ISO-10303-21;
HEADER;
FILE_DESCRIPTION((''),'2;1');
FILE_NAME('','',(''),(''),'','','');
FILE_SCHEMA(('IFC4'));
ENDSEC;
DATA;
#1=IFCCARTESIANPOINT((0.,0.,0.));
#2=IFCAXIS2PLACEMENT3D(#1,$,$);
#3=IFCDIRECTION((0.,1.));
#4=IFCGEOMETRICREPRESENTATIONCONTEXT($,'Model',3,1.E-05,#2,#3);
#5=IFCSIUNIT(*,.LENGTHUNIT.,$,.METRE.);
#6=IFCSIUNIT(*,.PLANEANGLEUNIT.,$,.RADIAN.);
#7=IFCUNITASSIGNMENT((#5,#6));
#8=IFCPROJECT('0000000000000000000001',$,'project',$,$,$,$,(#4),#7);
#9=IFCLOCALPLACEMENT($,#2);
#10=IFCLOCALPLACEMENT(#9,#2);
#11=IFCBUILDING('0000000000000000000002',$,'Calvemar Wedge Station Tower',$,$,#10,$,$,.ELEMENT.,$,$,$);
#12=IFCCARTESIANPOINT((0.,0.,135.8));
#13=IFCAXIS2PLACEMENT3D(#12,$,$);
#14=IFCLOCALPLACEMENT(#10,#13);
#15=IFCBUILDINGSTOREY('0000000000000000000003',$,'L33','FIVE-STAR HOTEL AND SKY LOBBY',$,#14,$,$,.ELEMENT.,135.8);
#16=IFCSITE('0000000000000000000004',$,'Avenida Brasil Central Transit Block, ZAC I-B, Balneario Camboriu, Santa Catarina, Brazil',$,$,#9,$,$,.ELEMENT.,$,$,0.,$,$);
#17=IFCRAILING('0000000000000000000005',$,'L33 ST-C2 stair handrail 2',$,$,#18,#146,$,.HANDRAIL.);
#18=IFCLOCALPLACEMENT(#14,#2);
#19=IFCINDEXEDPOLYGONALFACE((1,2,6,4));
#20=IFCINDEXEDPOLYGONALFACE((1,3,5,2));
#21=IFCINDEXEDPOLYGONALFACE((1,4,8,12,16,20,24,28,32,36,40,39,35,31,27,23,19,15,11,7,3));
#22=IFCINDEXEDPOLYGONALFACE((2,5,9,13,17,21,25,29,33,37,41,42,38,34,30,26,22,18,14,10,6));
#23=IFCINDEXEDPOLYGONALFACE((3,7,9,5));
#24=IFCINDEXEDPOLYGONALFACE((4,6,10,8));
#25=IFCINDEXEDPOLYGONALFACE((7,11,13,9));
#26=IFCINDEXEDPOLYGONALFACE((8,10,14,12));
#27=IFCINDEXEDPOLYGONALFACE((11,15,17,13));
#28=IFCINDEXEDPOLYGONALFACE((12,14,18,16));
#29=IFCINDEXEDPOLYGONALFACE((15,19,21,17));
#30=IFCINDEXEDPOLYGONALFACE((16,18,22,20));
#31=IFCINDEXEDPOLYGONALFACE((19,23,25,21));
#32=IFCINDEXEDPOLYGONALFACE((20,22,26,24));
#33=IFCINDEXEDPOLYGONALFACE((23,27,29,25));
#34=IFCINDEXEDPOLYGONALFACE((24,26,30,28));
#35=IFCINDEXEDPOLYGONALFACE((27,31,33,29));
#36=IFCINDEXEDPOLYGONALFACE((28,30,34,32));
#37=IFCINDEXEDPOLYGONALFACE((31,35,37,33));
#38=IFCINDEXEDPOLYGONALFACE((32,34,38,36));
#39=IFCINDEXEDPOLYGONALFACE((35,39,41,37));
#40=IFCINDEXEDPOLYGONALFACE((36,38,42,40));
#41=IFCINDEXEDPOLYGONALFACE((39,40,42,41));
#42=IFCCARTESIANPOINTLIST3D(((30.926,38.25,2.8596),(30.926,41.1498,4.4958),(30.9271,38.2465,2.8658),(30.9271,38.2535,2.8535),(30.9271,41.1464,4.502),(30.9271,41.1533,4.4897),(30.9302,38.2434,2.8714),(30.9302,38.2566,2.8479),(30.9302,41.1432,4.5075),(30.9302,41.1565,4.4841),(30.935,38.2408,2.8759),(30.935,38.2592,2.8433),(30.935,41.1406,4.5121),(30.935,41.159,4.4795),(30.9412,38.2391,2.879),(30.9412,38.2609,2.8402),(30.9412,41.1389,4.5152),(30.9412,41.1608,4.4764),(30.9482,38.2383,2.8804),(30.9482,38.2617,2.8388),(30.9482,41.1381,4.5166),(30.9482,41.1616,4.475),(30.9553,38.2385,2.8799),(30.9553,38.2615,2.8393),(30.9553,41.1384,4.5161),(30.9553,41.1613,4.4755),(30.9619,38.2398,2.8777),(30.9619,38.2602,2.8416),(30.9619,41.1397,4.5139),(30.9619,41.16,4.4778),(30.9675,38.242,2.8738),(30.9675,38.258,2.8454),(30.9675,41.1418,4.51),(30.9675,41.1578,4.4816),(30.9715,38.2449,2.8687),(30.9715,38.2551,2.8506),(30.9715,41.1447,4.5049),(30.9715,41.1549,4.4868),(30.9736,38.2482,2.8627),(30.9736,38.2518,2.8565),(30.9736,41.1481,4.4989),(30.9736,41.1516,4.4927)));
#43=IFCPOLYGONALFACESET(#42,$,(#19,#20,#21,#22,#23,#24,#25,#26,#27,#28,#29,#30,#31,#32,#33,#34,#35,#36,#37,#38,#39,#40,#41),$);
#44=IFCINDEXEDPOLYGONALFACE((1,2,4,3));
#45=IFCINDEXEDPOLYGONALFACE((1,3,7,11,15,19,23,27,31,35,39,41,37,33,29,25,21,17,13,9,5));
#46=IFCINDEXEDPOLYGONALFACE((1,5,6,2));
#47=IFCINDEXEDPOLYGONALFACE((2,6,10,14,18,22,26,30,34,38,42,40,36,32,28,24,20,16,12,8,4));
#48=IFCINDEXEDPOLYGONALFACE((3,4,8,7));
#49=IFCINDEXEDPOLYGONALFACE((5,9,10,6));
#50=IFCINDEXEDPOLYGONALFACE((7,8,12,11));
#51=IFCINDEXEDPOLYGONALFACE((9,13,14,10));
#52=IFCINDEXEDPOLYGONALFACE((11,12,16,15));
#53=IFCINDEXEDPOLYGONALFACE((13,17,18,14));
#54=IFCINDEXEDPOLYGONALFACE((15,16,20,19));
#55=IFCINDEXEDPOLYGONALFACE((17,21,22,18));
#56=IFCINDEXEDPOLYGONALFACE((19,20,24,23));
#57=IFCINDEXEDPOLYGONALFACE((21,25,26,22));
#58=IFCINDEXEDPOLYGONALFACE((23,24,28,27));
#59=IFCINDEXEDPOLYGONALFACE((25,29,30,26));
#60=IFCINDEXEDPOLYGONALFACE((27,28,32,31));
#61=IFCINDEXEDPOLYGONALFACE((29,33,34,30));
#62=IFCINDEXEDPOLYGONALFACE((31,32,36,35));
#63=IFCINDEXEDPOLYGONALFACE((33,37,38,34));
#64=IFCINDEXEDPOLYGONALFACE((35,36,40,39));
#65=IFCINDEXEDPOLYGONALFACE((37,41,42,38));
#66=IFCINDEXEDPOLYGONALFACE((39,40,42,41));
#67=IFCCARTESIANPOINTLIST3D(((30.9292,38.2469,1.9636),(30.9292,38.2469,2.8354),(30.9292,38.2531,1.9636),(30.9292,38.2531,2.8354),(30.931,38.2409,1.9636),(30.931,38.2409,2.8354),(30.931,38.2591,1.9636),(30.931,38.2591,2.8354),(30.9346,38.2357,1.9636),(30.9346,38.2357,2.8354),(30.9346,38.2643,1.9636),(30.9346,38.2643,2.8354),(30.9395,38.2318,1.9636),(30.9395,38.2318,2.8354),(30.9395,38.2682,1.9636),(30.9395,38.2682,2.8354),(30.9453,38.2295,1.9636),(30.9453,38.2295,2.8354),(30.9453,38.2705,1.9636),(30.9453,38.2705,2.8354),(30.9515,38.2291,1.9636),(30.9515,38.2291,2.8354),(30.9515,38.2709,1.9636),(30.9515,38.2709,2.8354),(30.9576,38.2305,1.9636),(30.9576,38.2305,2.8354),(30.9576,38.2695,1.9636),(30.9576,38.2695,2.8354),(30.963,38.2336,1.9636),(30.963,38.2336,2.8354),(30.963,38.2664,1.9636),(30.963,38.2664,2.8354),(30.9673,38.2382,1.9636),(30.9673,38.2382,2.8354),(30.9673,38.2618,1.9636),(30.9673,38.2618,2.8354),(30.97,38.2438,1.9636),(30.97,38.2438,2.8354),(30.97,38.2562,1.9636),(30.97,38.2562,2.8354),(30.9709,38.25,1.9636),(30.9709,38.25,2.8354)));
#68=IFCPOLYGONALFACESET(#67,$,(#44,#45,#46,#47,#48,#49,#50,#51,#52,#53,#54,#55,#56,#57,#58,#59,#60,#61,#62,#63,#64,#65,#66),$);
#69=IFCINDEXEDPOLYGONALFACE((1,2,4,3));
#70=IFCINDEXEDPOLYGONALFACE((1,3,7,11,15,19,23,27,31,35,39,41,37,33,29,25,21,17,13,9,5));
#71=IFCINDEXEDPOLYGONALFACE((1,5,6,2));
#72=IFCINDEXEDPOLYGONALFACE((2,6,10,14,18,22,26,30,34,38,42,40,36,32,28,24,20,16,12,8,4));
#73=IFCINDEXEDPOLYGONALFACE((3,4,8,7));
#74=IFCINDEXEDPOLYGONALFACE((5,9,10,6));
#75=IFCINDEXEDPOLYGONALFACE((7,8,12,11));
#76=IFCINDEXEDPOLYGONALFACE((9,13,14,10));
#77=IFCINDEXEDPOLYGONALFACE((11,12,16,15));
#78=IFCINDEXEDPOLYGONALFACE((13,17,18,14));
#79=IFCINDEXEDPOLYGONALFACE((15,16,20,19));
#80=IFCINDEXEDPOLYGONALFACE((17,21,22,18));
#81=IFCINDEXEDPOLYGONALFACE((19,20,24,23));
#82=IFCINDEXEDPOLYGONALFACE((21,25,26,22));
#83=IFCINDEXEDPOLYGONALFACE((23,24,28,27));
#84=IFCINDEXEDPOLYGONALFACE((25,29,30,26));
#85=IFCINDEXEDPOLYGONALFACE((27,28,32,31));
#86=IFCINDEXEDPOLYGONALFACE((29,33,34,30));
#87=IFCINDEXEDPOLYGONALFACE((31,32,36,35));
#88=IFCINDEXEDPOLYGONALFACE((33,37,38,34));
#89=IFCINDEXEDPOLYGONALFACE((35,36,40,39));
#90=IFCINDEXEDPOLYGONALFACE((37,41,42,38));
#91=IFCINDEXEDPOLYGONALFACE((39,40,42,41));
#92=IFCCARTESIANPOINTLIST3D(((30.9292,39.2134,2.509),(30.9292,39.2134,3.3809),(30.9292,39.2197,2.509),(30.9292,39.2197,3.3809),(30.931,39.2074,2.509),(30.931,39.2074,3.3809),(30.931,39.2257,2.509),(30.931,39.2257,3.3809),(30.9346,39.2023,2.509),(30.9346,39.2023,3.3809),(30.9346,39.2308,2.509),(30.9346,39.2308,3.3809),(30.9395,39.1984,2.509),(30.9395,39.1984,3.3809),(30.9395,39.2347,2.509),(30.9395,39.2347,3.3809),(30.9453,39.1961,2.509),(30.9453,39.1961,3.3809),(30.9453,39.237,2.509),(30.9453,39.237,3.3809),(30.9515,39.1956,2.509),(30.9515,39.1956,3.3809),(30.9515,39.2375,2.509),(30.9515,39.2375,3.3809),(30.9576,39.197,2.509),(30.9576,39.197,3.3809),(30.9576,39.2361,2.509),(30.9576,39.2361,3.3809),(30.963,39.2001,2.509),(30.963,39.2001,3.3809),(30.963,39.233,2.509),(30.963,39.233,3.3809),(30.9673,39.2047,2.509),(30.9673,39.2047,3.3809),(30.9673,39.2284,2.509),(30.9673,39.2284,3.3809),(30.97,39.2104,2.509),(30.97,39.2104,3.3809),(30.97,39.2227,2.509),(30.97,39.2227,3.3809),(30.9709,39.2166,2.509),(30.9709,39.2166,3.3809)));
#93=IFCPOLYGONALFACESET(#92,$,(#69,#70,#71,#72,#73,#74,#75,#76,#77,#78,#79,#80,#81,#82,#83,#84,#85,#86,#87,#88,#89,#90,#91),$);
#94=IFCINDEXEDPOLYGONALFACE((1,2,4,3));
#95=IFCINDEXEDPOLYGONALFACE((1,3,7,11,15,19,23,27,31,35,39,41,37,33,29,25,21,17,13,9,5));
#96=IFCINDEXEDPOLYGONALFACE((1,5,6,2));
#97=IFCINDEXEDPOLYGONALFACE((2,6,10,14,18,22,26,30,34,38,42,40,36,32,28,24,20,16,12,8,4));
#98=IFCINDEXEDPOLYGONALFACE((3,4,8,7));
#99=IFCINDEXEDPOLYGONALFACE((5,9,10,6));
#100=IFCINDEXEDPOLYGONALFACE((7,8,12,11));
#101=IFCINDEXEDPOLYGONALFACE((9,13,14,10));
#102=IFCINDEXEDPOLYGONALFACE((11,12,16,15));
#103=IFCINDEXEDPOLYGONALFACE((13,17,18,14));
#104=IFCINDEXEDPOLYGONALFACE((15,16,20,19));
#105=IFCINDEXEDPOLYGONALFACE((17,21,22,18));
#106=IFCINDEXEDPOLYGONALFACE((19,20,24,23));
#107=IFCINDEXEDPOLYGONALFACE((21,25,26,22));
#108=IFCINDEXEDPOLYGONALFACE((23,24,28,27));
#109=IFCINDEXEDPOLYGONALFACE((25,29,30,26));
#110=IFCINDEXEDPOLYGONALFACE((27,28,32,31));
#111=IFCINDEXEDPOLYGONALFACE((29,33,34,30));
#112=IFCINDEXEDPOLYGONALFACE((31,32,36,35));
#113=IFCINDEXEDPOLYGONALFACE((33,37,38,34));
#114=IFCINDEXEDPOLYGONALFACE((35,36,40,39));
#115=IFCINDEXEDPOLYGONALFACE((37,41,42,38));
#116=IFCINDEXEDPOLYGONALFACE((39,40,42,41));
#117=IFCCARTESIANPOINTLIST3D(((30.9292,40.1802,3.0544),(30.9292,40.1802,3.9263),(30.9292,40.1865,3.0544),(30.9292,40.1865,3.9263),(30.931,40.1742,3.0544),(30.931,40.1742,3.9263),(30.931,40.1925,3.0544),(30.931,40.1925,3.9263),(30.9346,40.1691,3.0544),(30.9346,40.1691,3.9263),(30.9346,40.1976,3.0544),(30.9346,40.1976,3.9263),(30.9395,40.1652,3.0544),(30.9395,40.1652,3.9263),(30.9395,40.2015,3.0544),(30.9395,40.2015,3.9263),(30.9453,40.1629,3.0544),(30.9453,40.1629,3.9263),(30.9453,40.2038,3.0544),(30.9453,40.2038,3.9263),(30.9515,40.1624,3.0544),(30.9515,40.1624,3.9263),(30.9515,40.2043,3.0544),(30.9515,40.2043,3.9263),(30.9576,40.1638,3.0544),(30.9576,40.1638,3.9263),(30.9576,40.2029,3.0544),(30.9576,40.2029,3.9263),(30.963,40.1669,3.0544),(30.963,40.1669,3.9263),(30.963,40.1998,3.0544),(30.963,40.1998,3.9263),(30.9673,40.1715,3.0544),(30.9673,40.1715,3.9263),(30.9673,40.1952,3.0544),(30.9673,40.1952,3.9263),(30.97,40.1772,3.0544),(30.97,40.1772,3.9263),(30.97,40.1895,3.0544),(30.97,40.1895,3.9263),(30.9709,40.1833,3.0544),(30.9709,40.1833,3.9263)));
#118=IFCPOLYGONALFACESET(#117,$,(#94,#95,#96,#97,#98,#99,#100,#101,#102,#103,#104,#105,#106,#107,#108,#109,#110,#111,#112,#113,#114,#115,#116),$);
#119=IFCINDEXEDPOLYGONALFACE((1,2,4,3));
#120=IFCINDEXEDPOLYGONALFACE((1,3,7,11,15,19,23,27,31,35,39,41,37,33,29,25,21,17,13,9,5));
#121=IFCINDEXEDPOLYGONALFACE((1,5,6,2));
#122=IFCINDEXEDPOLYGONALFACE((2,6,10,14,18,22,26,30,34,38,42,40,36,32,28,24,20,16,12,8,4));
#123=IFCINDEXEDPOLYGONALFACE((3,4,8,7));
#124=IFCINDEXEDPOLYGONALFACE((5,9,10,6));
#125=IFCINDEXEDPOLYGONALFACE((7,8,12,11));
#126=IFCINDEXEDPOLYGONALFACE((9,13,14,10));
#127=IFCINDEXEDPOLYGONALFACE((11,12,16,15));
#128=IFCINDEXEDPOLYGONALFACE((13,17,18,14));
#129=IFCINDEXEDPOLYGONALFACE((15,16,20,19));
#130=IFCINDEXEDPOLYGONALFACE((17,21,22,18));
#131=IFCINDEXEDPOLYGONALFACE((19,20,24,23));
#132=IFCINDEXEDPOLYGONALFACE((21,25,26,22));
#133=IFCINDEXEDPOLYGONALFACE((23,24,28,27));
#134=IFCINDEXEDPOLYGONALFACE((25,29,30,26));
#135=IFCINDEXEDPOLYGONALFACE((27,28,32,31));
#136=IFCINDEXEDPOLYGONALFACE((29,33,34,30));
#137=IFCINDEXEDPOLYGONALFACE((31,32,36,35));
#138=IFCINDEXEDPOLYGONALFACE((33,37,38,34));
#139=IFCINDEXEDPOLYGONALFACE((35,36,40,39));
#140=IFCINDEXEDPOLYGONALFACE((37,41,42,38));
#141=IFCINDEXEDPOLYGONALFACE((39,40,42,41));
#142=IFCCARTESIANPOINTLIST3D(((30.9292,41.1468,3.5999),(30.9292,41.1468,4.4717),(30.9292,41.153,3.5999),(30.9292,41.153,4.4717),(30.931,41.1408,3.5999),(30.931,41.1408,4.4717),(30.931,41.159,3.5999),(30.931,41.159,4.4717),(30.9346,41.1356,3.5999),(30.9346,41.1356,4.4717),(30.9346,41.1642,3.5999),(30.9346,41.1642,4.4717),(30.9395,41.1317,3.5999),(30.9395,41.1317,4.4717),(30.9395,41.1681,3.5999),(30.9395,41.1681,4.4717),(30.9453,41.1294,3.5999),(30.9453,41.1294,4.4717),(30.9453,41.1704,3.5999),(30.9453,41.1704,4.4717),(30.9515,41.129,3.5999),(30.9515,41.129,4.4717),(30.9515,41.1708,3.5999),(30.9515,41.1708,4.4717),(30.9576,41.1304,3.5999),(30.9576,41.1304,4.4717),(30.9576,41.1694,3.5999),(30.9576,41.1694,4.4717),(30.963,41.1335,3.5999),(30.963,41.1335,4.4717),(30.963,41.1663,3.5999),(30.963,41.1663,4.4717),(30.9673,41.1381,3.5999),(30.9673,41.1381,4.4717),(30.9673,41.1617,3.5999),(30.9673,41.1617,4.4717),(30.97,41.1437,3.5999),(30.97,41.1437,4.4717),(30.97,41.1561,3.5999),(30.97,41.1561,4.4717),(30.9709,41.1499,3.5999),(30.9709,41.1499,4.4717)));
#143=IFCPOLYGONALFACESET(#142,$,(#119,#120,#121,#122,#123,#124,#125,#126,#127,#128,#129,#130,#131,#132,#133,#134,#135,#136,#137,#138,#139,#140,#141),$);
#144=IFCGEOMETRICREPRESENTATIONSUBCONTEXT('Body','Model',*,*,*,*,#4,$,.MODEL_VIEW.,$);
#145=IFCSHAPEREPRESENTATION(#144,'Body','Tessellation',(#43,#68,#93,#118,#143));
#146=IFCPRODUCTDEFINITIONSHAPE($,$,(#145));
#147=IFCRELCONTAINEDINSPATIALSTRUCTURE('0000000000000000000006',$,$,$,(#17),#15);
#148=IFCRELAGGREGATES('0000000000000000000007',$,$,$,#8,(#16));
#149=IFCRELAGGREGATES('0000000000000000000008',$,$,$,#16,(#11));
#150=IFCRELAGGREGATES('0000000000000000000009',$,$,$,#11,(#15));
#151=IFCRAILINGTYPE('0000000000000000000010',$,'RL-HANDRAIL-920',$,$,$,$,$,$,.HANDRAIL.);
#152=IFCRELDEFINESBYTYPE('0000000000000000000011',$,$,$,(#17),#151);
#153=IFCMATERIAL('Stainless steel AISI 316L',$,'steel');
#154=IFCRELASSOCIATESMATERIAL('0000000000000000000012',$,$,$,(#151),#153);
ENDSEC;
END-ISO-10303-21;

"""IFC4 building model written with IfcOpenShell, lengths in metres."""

from ifc_helpers import new_model, si_unit, direction, frame, origin, origin_2d, place, context, subcontext, project, spatial, circle, extrude, material, type_object, element, save


model = new_model("IFC4")

# Units and contexts
model_context = context("Model", 3, precision=1e-05, world=origin(), true_north=direction((0.0, 1.0)))
body_context = subcontext(model_context, "Body", "Model", "MODEL_VIEW")
ifc_project = project(units=[si_unit("LENGTHUNIT", "METRE"), si_unit("PLANEANGLEUNIT", "RADIAN")], contexts=[model_context])

# Site, building, storey
site_placement = place(None, origin())
site = spatial("IfcSite", under=ifc_project, at=site_placement, Name="Avenida Brasil Central Transit Block, ZAC I-B, Balneario Camboriu, Santa Catarina, Brazil", CompositionType="ELEMENT", RefElevation=0.0)
building_placement = place(site_placement, origin())
building = spatial("IfcBuilding", under=site, at=building_placement, Name="Calvemar Wedge Station Tower", CompositionType="ELEMENT")
storey_placement = place(building_placement, frame((0.0, 0.0, 135.8)))
storey = spatial("IfcBuildingStorey", under=building, at=storey_placement, Name="L33", Description="FIVE-STAR HOTEL AND SKY LOBBY", CompositionType="ELEMENT", Elevation=135.8)

# Railing
ifc_material_1 = material(Name="Stainless steel AISI 316L", Category="steel")
railing_type_1 = type_object("IfcRailingType", Name="RL-HANDRAIL-920", PredefinedType="HANDRAIL", material=ifc_material_1)
railing_1_placement = place(storey_placement, frame((30.95, 38.25, 1.9636)))
element("IfcRailing", 1, at=railing_1_placement, inside=storey, type_object=railing_type_1, Name="L33 ST-C2 stair handrail 2", PredefinedType="HANDRAIL", context=body_context, shape_type="SweptSolid", body=[
    extrude(circle(Radius=0.0239, at=origin_2d()), frame((0.0, 0.0, 0.896), z_axis=(0.0, 0.870929, 0.49141), x_axis=(-1.0, 0.0, 0.0)), (0.0, 0.0, 1.0), 3.3296),
    extrude(circle(Radius=0.021, at=origin_2d()), origin(), (0.0, 0.0, 1.0), 0.8718),
    extrude(circle(Radius=0.021, at=origin_2d()), frame((0.0, 0.9666, 0.5454)), (0.0, 0.0, 1.0), 0.8718),
    extrude(circle(Radius=0.021, at=origin_2d()), frame((0.0, 1.9333, 1.0908)), (0.0, 0.0, 1.0), 0.8718),
    extrude(circle(Radius=0.021, at=origin_2d()), frame((0.0, 2.8999, 1.6362)), (0.0, 0.0, 1.0), 0.8718),
])

save(model, "model.ifc")
